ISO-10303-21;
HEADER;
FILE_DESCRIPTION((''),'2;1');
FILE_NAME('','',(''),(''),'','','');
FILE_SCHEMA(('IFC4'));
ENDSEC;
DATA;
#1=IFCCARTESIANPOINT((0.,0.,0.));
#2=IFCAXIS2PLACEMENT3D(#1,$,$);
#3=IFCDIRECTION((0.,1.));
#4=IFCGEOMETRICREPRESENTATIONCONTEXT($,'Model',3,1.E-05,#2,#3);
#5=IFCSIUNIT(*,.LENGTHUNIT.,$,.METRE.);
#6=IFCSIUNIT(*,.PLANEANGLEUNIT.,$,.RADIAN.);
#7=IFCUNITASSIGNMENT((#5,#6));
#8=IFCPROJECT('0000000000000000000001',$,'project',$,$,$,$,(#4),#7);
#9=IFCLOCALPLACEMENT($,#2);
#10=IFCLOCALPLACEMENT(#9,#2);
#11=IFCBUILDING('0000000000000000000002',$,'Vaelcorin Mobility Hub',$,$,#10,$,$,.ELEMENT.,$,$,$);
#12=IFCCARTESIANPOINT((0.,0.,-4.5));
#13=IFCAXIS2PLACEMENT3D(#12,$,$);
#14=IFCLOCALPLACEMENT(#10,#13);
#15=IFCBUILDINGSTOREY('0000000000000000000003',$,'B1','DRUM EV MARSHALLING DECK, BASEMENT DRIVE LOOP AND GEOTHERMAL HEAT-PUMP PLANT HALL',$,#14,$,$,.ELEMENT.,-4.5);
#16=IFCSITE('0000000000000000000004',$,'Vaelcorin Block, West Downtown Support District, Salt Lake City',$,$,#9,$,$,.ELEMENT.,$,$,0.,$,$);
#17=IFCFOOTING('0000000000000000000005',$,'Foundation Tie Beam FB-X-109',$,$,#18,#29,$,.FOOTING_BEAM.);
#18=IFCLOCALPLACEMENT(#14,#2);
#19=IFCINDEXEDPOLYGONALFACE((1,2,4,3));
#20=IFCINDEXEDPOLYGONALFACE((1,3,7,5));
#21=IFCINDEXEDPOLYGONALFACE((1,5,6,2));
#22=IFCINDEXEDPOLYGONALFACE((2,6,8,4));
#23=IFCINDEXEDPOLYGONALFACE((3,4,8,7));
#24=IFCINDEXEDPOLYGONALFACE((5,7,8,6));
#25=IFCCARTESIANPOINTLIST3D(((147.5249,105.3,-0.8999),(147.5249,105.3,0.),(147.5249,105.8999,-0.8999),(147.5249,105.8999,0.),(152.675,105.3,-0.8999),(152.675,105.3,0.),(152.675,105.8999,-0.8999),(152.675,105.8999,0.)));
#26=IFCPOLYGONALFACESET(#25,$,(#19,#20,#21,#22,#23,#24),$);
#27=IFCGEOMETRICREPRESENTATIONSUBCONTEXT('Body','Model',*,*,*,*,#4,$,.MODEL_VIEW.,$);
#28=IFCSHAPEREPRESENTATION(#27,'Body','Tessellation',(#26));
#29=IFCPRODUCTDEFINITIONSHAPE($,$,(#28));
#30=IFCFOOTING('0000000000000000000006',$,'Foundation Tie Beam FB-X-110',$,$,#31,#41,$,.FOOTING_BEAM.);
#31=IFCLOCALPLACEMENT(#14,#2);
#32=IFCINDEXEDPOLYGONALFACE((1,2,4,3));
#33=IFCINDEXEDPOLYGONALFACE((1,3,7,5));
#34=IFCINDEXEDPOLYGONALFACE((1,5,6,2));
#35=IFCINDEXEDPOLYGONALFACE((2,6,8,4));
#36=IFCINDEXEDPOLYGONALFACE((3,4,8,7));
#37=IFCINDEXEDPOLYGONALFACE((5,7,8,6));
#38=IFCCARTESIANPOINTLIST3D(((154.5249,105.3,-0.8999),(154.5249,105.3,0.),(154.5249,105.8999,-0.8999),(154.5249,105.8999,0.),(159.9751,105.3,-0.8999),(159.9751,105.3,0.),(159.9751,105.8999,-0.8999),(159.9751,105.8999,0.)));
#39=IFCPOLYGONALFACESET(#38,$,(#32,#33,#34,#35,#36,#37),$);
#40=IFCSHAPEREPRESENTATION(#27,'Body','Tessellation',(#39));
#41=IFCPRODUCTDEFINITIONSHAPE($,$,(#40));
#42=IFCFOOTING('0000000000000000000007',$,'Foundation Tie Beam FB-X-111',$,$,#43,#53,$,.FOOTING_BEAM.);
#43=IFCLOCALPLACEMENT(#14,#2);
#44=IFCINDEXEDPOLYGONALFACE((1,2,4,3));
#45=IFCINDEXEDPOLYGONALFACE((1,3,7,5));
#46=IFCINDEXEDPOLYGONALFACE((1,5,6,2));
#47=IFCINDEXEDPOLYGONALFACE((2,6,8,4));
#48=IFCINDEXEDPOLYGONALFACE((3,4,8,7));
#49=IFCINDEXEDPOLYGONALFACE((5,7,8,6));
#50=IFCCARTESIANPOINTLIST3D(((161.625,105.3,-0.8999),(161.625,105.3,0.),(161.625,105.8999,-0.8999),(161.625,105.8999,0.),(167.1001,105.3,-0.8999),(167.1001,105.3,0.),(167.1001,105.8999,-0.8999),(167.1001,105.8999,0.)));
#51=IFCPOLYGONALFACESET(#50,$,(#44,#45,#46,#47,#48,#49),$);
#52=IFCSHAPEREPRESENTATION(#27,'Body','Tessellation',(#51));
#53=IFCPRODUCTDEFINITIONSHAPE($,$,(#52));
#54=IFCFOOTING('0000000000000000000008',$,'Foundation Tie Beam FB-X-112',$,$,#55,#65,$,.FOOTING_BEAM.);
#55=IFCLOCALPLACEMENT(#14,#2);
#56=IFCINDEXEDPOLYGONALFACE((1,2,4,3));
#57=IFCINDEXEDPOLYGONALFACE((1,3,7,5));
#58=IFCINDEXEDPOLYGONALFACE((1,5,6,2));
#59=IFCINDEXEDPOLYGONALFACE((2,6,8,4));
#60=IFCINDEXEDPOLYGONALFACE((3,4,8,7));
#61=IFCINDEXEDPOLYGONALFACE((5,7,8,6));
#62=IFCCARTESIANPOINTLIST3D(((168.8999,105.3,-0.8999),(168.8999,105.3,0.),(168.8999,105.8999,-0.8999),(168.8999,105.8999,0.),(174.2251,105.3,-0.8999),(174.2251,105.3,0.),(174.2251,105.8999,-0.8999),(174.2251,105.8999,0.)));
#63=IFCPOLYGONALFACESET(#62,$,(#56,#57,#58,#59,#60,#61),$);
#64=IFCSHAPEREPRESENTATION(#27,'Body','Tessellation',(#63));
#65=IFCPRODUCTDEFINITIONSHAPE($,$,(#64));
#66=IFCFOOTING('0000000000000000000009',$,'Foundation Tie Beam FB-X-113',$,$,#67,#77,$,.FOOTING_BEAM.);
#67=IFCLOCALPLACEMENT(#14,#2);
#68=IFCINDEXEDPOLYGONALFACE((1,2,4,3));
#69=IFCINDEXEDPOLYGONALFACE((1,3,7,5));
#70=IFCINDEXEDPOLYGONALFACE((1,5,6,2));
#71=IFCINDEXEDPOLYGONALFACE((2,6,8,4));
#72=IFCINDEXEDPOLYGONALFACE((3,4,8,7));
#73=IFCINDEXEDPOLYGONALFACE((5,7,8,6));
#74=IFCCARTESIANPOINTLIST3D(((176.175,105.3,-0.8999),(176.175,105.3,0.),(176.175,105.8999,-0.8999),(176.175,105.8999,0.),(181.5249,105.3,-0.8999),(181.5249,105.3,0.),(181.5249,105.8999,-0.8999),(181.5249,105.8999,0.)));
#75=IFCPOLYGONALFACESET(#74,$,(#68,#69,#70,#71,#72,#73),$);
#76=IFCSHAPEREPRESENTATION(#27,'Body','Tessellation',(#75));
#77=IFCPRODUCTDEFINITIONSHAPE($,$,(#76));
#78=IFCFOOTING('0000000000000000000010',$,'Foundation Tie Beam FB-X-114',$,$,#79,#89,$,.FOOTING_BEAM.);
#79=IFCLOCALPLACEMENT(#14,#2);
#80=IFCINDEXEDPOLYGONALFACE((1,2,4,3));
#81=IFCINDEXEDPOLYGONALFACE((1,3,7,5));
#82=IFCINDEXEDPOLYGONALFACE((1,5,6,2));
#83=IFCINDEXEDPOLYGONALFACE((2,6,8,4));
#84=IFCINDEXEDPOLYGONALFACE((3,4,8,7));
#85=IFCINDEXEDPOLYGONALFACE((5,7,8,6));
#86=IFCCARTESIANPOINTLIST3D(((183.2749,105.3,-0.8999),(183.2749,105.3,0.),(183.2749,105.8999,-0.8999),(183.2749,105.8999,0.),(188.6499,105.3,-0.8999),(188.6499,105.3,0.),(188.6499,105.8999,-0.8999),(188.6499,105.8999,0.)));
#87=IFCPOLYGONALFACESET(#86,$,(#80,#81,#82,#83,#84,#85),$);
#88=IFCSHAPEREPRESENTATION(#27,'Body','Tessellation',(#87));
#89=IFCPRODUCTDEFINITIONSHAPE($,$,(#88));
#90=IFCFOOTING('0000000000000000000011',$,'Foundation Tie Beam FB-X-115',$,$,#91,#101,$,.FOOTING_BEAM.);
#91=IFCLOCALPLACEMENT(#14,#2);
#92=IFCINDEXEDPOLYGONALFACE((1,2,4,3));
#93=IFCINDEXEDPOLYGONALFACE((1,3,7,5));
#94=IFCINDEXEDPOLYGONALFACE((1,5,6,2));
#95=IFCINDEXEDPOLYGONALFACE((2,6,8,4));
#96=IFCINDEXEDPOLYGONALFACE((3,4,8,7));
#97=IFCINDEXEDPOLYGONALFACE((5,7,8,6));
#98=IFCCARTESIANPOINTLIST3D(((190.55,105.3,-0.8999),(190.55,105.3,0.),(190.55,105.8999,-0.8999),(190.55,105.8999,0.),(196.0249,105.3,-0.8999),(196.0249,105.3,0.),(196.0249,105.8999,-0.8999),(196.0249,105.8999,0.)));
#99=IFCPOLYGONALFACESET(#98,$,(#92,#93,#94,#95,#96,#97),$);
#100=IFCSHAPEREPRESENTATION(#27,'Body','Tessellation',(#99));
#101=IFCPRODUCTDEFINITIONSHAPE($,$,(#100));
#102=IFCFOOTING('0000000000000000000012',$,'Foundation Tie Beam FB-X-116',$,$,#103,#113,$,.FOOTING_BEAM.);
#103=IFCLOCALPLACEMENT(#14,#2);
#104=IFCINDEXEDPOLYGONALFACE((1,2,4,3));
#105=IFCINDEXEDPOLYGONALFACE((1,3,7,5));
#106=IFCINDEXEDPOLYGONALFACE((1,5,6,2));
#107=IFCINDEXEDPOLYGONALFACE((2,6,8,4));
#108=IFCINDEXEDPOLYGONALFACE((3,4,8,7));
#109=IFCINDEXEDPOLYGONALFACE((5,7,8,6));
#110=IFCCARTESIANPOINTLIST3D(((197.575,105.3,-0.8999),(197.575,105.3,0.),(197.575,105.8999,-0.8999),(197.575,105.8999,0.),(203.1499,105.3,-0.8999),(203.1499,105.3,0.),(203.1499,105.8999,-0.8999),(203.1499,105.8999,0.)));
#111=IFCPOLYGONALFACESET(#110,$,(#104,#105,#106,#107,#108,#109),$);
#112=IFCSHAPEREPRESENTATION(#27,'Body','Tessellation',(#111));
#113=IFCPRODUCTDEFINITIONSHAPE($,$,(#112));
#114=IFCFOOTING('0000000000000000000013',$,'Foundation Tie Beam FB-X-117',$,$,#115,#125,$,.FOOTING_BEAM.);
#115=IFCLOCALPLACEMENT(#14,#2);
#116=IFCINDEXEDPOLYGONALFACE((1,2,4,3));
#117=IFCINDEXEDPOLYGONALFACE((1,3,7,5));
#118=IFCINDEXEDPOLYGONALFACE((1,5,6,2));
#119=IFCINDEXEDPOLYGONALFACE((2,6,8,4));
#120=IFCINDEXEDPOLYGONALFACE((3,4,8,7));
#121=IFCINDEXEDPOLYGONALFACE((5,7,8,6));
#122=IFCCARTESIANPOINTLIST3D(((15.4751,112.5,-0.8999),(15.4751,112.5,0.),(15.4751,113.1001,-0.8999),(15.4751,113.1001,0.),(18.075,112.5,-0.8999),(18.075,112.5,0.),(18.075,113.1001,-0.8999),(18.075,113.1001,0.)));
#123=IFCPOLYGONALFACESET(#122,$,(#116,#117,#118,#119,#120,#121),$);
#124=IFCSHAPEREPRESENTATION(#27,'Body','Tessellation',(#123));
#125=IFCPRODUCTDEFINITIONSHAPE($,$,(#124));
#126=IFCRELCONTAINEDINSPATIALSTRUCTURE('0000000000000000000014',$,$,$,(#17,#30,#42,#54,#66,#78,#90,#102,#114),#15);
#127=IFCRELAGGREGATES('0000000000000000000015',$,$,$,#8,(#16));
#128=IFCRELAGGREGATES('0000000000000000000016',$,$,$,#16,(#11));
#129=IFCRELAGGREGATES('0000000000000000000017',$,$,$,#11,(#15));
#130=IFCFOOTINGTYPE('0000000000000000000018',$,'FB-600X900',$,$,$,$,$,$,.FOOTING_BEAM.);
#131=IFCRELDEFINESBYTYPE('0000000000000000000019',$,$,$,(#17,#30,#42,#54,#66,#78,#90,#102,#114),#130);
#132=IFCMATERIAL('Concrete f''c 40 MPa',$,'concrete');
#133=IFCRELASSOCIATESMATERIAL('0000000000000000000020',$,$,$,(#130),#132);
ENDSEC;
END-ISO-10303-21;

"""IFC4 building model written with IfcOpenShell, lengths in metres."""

from ifc_helpers import new_model, si_unit, direction, frame, origin, place, context, subcontext, project, spatial, polyline, outline, extrude, material, type_object, element, save


model = new_model("IFC4")

# Units and contexts
model_context = context("Model", 3, precision=1e-05, world=origin(), true_north=direction((0.0, 1.0)))
body_context = subcontext(model_context, "Body", "Model", "MODEL_VIEW")
ifc_project = project(units=[si_unit("LENGTHUNIT", "METRE"), si_unit("PLANEANGLEUNIT", "RADIAN")], contexts=[model_context])

# Site, building, storey
site_placement = place(None, origin())
site = spatial("IfcSite", under=ifc_project, at=site_placement, Name="Vaelcorin Block, West Downtown Support District, Salt Lake City", CompositionType="ELEMENT", RefElevation=0.0)
building_placement = place(site_placement, origin())
building = spatial("IfcBuilding", under=site, at=building_placement, Name="Vaelcorin Mobility Hub", CompositionType="ELEMENT")
storey_placement = place(building_placement, frame((0.0, 0.0, -4.5)))
storey = spatial("IfcBuildingStorey", under=building, at=storey_placement, Name="B1", Description="DRUM EV MARSHALLING DECK, BASEMENT DRIVE LOOP AND GEOTHERMAL HEAT-PUMP PLANT HALL", CompositionType="ELEMENT", Elevation=-4.5)

# Footings
ifc_material = material(Name="Concrete f'c 40 MPa", Category="concrete")
footing_type = type_object("IfcFootingType", Name="FB-600X900", PredefinedType="FOOTING_BEAM", material=ifc_material)
footing_1_placement = place(storey_placement, frame((0.0, 0.0, -0.8999)))
element("IfcFooting", 1, at=footing_1_placement, inside=storey, type_object=footing_type, Name="Foundation Tie Beam FB-X-109", PredefinedType="FOOTING_BEAM", context=body_context, shape_type="SweptSolid", body=[
    extrude(outline(polyline([(147.5249, 105.3), (152.675, 105.3), (152.675, 105.8999), (147.5249, 105.8999), (147.5249, 105.3)])), origin(), (0.0, 0.0, 1.0), 0.8999),
])
footing_2_placement = place(storey_placement, frame((0.0, 0.0, -0.8999)))
element("IfcFooting", 2, at=footing_2_placement, inside=storey, type_object=footing_type, Name="Foundation Tie Beam FB-X-110", PredefinedType="FOOTING_BEAM", context=body_context, shape_type="SweptSolid", body=[
    extrude(outline(polyline([(154.5249, 105.3), (159.9751, 105.3), (159.9751, 105.8999), (154.5249, 105.8999), (154.5249, 105.3)])), origin(), (0.0, 0.0, 1.0), 0.8999),
])
footing_3_placement = place(storey_placement, frame((0.0, 0.0, -0.8999)))
element("IfcFooting", 3, at=footing_3_placement, inside=storey, type_object=footing_type, Name="Foundation Tie Beam FB-X-111", PredefinedType="FOOTING_BEAM", context=body_context, shape_type="SweptSolid", body=[
    extrude(outline(polyline([(161.625, 105.3), (167.1001, 105.3), (167.1001, 105.8999), (161.625, 105.8999), (161.625, 105.3)])), origin(), (0.0, 0.0, 1.0), 0.8999),
])
footing_4_placement = place(storey_placement, frame((0.0, 0.0, -0.8999)))
element("IfcFooting", 4, at=footing_4_placement, inside=storey, type_object=footing_type, Name="Foundation Tie Beam FB-X-112", PredefinedType="FOOTING_BEAM", context=body_context, shape_type="SweptSolid", body=[
    extrude(outline(polyline([(168.8999, 105.3), (174.2251, 105.3), (174.2251, 105.8999), (168.8999, 105.8999), (168.8999, 105.3)])), origin(), (0.0, 0.0, 1.0), 0.8999),
])
footing_5_placement = place(storey_placement, frame((0.0, 0.0, -0.8999)))
element("IfcFooting", 5, at=footing_5_placement, inside=storey, type_object=footing_type, Name="Foundation Tie Beam FB-X-113", PredefinedType="FOOTING_BEAM", context=body_context, shape_type="SweptSolid", body=[
    extrude(outline(polyline([(176.175, 105.3), (181.5249, 105.3), (181.5249, 105.8999), (176.175, 105.8999), (176.175, 105.3)])), origin(), (0.0, 0.0, 1.0), 0.8999),
])
footing_6_placement = place(storey_placement, frame((0.0, 0.0, -0.8999)))
element("IfcFooting", 6, at=footing_6_placement, inside=storey, type_object=footing_type, Name="Foundation Tie Beam FB-X-114", PredefinedType="FOOTING_BEAM", context=body_context, shape_type="SweptSolid", body=[
    extrude(outline(polyline([(183.2749, 105.3), (188.6499, 105.3), (188.6499, 105.8999), (183.2749, 105.8999), (183.2749, 105.3)])), origin(), (0.0, 0.0, 1.0), 0.8999),
])
footing_7_placement = place(storey_placement, frame((0.0, 0.0, -0.8999)))
element("IfcFooting", 7, at=footing_7_placement, inside=storey, type_object=footing_type, Name="Foundation Tie Beam FB-X-115", PredefinedType="FOOTING_BEAM", context=body_context, shape_type="SweptSolid", body=[
    extrude(outline(polyline([(190.55, 105.3), (196.0249, 105.3), (196.0249, 105.8999), (190.55, 105.8999), (190.55, 105.3)])), origin(), (0.0, 0.0, 1.0), 0.8999),
])
footing_8_placement = place(storey_placement, frame((0.0, 0.0, -0.8999)))
element("IfcFooting", 8, at=footing_8_placement, inside=storey, type_object=footing_type, Name="Foundation Tie Beam FB-X-116", PredefinedType="FOOTING_BEAM", context=body_context, shape_type="SweptSolid", body=[
    extrude(outline(polyline([(197.575, 105.3), (203.1499, 105.3), (203.1499, 105.8999), (197.575, 105.8999), (197.575, 105.3)])), origin(), (0.0, 0.0, 1.0), 0.8999),
])
footing_9_placement = place(storey_placement, frame((0.0, 0.0, -0.8999)))
element("IfcFooting", 9, at=footing_9_placement, inside=storey, type_object=footing_type, Name="Foundation Tie Beam FB-X-117", PredefinedType="FOOTING_BEAM", context=body_context, shape_type="SweptSolid", body=[
    extrude(outline(polyline([(15.4751, 112.5), (18.075, 112.5), (18.075, 113.1001), (15.4751, 113.1001), (15.4751, 112.5)])), origin(), (0.0, 0.0, 1.0), 0.8999),
])

save(model, "model.ifc")
